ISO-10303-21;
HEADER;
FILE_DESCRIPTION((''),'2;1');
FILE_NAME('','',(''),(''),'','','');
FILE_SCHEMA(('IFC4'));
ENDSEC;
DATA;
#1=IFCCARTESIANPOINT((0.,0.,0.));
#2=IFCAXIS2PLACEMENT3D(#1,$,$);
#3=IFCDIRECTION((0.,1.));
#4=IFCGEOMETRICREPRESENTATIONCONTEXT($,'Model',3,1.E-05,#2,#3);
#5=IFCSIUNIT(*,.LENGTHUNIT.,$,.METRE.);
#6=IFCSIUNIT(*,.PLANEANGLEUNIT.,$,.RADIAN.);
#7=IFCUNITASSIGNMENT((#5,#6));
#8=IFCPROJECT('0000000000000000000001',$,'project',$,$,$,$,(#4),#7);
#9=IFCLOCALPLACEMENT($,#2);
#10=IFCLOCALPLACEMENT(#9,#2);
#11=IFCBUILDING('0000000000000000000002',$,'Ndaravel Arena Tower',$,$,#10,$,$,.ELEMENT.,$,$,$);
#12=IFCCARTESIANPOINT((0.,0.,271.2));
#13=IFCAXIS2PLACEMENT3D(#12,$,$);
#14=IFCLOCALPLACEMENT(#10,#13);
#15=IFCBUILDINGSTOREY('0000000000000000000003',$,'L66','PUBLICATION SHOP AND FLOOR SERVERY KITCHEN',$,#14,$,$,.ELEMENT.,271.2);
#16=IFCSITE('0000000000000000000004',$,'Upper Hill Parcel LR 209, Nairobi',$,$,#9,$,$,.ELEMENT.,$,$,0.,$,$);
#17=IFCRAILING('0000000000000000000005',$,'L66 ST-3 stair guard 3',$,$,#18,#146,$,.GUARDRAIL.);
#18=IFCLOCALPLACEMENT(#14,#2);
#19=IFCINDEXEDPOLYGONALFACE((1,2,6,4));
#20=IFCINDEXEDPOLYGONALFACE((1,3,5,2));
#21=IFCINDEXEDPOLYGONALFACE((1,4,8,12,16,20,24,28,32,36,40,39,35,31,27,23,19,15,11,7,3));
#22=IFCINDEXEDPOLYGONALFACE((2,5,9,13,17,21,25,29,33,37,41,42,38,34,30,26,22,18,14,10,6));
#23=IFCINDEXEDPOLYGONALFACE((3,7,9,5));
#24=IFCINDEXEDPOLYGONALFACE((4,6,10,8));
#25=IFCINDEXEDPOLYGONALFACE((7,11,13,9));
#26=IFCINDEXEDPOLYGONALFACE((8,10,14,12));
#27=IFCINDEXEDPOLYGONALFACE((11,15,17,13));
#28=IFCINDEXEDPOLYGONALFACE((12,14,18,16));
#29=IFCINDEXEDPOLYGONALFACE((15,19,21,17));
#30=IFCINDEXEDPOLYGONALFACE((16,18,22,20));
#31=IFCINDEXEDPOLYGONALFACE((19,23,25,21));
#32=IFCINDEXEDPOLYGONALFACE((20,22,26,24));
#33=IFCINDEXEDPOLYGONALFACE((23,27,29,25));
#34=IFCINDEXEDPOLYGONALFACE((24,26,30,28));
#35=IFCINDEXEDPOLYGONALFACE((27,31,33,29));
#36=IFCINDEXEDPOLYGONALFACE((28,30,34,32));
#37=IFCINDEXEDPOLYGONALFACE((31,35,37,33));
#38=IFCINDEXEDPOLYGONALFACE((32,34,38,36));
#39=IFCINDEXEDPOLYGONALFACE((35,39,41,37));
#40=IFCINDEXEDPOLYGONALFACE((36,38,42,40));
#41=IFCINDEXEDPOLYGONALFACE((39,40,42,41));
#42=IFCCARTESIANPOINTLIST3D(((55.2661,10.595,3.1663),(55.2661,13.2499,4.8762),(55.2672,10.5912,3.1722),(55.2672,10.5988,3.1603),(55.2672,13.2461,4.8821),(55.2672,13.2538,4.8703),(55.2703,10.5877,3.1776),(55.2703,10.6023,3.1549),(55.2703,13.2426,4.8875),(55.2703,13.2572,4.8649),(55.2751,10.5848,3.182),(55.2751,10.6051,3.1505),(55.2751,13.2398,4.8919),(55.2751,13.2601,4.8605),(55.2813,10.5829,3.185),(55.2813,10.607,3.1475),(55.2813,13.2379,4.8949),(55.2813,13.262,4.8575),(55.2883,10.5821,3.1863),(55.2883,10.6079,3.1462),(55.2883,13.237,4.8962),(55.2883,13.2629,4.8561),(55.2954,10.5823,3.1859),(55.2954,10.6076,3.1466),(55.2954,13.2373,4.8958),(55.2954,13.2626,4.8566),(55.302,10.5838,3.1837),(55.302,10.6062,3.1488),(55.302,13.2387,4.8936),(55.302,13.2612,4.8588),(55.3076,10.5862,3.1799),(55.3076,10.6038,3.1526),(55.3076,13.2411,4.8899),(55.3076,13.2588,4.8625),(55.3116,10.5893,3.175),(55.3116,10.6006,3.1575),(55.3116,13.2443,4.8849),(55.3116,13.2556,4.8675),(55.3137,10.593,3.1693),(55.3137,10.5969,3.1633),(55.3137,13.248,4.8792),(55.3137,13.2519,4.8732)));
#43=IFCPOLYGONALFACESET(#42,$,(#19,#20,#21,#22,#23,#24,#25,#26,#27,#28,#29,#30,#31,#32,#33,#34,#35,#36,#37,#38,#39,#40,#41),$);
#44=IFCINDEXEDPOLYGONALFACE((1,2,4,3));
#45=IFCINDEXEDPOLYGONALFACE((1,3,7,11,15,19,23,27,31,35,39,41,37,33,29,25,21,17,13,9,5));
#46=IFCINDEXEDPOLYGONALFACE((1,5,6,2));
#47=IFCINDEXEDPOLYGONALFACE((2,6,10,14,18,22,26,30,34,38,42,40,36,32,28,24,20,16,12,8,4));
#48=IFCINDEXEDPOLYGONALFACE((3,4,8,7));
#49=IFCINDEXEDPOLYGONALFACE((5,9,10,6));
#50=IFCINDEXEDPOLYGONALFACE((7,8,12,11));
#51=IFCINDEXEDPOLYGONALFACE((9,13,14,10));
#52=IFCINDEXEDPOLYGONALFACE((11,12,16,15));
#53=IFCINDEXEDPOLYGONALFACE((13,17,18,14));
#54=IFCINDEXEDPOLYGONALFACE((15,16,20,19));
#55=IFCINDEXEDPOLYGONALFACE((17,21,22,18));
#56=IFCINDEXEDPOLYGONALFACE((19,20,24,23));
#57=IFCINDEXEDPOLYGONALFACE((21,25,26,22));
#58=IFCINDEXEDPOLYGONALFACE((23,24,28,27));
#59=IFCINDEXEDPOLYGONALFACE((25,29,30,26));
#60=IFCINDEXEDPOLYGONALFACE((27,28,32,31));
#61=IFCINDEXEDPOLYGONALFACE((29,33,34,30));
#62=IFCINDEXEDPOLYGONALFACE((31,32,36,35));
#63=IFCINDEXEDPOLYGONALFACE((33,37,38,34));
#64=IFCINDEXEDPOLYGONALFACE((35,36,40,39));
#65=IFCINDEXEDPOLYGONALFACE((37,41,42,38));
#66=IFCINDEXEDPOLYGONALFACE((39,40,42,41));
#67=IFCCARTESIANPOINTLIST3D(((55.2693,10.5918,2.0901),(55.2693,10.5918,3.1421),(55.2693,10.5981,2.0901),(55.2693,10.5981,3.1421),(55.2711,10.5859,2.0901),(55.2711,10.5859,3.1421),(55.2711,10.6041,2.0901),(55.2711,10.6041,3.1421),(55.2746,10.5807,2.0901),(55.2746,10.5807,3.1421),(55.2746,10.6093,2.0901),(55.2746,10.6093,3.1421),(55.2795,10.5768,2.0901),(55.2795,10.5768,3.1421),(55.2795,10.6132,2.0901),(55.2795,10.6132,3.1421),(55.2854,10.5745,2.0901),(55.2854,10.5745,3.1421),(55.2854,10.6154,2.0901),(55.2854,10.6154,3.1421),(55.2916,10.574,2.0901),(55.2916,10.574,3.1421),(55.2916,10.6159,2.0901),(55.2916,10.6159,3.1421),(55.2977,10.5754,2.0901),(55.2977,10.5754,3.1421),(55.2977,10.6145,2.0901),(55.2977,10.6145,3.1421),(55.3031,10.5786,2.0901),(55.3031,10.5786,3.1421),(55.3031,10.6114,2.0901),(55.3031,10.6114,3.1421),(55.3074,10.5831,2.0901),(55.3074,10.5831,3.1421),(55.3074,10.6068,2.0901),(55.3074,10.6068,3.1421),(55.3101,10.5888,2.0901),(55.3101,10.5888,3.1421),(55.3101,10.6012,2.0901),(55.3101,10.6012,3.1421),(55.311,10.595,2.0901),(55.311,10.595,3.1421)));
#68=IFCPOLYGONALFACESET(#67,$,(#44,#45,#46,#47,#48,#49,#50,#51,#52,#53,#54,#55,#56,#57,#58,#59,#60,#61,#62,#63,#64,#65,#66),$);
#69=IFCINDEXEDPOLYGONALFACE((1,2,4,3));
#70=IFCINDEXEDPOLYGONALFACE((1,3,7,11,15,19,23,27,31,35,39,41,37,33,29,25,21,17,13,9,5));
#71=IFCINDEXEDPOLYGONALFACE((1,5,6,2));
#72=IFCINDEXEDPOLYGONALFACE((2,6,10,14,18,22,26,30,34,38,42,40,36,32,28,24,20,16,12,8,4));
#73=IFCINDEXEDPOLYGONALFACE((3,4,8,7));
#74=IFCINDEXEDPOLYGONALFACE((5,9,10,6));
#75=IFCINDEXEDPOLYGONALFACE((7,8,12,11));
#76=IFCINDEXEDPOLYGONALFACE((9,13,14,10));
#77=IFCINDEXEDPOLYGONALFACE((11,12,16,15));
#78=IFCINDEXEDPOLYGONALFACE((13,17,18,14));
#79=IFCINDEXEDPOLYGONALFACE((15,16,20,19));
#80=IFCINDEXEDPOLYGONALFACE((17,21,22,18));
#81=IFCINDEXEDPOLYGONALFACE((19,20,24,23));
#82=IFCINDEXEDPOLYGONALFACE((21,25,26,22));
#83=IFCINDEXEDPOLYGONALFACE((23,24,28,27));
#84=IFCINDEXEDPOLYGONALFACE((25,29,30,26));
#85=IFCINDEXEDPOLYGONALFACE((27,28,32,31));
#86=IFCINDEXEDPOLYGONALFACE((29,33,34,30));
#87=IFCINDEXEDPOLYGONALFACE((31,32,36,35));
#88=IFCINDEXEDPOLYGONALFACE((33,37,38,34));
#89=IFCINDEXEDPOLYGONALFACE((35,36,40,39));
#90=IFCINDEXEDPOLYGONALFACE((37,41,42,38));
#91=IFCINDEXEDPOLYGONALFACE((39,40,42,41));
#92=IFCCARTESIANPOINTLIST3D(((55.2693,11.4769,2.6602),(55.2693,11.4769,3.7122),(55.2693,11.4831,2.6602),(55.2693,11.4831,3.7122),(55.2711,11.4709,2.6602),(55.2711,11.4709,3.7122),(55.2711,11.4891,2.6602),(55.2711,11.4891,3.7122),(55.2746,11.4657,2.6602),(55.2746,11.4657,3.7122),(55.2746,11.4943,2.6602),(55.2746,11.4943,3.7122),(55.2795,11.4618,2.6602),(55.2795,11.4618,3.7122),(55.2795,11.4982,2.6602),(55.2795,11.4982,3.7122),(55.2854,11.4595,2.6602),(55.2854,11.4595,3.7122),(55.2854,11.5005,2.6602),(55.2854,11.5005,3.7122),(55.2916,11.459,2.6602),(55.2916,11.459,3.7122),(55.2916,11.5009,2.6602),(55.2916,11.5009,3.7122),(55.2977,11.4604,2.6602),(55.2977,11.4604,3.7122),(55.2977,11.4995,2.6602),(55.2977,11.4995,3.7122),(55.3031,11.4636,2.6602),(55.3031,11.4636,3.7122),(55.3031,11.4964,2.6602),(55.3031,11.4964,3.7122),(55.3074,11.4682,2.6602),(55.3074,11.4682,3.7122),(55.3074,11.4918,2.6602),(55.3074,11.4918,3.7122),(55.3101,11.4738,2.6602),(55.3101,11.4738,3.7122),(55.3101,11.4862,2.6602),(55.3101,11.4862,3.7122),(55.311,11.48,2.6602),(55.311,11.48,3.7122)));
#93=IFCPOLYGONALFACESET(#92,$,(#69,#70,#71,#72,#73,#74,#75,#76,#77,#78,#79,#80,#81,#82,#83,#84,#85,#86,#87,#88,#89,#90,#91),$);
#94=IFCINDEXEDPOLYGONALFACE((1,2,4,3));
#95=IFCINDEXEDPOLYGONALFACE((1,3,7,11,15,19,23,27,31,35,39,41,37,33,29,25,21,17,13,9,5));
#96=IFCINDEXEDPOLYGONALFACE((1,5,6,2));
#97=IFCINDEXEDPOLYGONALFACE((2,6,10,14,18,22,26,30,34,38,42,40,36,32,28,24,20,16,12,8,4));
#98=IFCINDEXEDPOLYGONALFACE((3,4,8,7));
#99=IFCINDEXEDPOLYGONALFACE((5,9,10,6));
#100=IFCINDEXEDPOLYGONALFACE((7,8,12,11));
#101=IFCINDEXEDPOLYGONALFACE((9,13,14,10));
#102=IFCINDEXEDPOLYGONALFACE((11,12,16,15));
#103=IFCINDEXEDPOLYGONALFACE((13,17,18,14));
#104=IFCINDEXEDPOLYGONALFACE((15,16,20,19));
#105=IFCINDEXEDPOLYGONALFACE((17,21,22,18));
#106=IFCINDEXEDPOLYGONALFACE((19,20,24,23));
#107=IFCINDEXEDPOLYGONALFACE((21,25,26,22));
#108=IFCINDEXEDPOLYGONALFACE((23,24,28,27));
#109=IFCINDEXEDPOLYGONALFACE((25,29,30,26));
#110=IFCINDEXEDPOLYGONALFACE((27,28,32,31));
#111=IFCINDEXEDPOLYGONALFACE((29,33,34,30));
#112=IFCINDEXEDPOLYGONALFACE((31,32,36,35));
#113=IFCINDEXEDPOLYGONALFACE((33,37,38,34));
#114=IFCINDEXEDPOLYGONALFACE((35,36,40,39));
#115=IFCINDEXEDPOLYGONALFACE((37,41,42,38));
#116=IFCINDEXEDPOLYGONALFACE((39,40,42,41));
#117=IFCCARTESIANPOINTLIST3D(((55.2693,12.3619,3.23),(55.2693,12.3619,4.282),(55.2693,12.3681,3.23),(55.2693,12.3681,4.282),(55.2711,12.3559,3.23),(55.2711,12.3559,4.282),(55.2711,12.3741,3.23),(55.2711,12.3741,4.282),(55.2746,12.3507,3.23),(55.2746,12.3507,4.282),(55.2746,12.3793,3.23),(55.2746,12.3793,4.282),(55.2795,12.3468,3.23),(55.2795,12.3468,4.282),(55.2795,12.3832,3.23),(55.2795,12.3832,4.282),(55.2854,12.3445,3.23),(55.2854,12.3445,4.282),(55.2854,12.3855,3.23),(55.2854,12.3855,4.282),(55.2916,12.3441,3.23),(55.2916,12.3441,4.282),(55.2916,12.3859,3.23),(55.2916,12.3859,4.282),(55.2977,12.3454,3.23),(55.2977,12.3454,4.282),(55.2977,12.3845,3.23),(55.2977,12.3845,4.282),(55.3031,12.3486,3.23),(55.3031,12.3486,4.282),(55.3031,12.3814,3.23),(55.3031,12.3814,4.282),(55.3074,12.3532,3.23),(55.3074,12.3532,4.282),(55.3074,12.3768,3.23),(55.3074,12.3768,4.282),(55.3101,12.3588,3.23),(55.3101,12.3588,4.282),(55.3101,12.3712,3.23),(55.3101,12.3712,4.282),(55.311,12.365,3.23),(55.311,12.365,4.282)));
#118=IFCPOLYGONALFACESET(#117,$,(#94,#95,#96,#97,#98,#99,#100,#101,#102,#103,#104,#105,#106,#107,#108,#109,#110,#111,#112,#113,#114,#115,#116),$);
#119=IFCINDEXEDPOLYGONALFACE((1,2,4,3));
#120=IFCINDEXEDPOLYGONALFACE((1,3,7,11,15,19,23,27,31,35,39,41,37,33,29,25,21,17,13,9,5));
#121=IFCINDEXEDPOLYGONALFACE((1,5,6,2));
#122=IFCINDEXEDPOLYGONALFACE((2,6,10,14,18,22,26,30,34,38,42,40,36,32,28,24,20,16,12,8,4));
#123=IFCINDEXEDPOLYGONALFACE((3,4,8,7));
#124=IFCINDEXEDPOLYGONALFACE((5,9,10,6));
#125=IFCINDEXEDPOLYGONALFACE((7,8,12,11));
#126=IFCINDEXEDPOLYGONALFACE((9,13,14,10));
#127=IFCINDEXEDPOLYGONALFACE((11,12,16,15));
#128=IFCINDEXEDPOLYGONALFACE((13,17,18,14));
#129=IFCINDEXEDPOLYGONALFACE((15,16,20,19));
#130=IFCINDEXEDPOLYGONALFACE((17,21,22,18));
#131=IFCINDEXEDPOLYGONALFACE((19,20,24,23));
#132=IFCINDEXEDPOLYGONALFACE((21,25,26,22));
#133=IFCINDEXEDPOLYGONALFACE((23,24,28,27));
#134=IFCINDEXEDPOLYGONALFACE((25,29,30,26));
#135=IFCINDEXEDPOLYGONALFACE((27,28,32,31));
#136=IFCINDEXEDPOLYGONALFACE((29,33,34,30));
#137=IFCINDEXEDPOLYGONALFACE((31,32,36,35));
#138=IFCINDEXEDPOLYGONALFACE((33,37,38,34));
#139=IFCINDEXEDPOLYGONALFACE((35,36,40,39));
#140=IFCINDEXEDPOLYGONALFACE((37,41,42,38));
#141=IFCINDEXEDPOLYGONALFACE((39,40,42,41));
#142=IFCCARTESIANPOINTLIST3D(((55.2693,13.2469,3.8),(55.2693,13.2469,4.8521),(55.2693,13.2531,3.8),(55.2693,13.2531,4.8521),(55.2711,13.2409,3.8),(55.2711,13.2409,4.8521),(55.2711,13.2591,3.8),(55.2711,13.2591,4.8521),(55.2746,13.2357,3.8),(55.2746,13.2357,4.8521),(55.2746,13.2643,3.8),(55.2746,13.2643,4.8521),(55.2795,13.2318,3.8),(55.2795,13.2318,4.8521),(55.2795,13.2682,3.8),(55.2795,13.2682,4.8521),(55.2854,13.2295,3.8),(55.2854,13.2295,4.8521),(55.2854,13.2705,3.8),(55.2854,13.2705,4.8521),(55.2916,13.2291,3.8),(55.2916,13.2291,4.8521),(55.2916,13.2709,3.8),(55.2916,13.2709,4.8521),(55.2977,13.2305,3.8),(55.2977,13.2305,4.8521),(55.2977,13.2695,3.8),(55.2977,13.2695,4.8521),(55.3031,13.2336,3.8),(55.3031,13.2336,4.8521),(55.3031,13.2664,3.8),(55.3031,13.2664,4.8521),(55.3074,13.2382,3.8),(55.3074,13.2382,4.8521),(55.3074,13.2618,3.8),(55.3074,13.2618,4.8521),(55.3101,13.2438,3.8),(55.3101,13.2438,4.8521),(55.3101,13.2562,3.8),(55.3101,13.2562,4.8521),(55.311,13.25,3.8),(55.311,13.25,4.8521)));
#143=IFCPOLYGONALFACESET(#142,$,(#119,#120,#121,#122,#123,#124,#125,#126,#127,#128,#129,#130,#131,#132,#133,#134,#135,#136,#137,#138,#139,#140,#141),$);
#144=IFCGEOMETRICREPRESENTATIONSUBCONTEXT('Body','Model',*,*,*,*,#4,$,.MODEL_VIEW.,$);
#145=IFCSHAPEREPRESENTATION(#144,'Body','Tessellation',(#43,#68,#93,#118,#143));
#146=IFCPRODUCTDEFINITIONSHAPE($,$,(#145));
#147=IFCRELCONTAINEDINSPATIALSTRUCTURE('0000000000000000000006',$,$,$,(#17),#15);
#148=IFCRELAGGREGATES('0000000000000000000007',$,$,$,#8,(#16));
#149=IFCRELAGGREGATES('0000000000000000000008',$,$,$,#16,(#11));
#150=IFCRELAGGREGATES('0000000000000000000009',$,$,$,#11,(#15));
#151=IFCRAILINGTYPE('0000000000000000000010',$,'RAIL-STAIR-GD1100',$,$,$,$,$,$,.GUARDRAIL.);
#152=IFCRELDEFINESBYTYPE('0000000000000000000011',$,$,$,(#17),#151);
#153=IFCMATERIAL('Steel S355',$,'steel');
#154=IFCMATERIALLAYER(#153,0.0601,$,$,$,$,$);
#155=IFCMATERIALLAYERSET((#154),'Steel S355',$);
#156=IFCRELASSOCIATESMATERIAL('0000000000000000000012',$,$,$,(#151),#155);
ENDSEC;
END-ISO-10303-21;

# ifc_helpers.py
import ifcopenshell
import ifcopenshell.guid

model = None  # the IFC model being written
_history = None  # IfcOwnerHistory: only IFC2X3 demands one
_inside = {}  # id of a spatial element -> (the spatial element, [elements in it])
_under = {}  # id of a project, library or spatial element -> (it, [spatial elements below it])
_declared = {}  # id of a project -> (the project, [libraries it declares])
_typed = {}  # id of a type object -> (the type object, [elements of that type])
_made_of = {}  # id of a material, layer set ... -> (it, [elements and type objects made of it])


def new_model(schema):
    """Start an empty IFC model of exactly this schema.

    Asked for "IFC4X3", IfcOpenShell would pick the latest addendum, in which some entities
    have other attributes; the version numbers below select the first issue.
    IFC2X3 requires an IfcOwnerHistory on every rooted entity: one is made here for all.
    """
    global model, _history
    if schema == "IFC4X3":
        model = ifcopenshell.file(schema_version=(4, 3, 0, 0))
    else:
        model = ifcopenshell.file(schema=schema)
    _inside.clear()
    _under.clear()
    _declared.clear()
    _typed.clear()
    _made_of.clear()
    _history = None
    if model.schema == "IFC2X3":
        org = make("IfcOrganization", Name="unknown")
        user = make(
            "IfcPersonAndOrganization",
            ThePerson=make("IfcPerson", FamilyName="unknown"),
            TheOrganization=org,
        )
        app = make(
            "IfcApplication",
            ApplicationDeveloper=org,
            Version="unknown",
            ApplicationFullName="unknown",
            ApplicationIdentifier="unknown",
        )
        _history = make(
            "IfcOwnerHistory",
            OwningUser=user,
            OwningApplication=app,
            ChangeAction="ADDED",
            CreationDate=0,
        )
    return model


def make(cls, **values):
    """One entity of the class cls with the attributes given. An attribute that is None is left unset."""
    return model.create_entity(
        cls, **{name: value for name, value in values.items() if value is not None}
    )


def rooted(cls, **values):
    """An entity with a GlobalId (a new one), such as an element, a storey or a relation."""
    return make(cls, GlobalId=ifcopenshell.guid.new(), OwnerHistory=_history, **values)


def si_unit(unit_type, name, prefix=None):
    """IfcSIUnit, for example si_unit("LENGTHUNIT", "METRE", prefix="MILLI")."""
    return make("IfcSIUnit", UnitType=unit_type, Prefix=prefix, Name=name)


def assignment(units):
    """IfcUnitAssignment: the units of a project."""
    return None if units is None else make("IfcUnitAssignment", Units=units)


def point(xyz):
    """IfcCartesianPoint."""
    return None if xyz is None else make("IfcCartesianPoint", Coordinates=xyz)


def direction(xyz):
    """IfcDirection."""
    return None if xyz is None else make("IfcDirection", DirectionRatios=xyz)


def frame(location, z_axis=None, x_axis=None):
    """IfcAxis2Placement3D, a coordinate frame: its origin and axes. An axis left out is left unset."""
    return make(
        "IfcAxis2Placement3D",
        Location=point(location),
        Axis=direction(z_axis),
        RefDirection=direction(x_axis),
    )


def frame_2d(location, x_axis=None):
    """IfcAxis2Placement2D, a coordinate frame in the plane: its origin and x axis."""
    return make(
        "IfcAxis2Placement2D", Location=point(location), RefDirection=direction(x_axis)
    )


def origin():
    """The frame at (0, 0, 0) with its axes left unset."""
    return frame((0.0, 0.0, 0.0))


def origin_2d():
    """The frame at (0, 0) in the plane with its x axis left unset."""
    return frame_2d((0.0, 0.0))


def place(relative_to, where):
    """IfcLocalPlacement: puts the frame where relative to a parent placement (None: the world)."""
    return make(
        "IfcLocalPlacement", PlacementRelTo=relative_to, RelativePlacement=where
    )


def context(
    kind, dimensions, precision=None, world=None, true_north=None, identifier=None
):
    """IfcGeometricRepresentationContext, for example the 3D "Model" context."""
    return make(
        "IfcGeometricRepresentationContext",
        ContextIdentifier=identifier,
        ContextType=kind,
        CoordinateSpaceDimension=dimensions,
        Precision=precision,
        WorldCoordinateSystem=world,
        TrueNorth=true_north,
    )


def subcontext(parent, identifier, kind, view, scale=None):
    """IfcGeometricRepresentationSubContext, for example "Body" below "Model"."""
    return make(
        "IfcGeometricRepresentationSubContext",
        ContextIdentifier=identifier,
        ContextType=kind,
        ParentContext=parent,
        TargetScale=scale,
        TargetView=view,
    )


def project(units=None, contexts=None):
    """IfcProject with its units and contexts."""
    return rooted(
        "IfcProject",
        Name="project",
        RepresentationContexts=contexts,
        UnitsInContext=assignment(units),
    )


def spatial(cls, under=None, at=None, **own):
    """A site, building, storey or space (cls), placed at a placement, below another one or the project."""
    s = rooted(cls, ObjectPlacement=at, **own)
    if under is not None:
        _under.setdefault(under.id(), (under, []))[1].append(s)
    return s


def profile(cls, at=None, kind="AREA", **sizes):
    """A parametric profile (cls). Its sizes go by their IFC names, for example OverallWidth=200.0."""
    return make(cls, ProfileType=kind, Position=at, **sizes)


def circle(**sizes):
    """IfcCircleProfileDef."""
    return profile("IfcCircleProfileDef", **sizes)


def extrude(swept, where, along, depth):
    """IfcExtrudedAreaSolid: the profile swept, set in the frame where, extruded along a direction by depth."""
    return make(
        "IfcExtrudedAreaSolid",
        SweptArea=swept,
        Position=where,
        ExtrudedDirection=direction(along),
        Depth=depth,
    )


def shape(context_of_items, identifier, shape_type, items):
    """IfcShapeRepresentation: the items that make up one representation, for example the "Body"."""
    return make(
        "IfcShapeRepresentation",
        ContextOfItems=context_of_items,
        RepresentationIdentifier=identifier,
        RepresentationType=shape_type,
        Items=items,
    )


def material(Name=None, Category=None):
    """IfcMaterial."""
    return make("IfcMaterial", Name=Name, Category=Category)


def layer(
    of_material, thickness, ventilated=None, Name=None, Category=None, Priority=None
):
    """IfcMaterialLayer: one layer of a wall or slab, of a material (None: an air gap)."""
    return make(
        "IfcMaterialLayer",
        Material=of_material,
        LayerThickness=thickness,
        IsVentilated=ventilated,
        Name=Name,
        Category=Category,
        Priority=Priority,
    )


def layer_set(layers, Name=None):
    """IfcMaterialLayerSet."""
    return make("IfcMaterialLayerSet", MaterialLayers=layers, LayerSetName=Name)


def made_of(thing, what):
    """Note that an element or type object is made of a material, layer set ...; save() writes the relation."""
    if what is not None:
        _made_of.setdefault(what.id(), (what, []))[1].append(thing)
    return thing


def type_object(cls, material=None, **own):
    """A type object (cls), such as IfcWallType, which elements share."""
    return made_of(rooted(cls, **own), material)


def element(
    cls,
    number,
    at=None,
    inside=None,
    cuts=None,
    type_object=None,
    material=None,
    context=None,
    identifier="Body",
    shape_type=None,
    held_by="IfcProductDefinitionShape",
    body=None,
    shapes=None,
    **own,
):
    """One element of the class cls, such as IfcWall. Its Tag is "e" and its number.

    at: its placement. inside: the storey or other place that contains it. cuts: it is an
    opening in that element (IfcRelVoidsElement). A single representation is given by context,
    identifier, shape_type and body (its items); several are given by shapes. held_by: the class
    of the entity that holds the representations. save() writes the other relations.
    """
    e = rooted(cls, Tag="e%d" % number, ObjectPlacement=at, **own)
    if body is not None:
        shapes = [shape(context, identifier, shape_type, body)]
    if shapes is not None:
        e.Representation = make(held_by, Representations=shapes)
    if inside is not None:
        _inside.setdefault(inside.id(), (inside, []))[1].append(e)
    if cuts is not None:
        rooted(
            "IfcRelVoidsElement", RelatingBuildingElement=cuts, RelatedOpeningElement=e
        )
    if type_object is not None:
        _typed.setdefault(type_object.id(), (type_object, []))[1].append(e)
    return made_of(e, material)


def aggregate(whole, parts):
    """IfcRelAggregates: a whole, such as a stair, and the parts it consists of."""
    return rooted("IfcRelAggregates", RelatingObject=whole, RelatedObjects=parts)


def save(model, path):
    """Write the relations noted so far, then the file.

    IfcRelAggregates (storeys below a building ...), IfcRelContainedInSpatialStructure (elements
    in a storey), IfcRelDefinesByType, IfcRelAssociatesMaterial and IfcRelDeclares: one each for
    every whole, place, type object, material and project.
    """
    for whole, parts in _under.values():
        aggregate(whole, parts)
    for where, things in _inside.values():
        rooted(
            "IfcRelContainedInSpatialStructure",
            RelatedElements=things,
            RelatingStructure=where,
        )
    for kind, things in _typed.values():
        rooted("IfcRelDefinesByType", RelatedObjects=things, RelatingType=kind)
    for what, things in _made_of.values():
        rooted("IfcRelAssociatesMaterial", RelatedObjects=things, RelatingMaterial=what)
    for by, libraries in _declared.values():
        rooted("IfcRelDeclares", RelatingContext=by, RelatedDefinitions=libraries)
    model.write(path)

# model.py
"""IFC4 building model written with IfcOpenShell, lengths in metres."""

from ifc_helpers import new_model, si_unit, direction, frame, origin, origin_2d, place, context, subcontext, project, spatial, circle, extrude, material, layer, layer_set, type_object, element, save


model = new_model("IFC4")

# Units and contexts
model_context = context("Model", 3, precision=1e-05, world=origin(), true_north=direction((0.0, 1.0)))
body_context = subcontext(model_context, "Body", "Model", "MODEL_VIEW")
ifc_project = project(units=[si_unit("LENGTHUNIT", "METRE"), si_unit("PLANEANGLEUNIT", "RADIAN")], contexts=[model_context])

# Site, building, storey
site_placement = place(None, origin())
site = spatial("IfcSite", under=ifc_project, at=site_placement, Name="Upper Hill Parcel LR 209, Nairobi", CompositionType="ELEMENT", RefElevation=0.0)
building_placement = place(site_placement, origin())
building = spatial("IfcBuilding", under=site, at=building_placement, Name="Ndaravel Arena Tower", CompositionType="ELEMENT")
storey_placement = place(building_placement, frame((0.0, 0.0, 271.2)))
storey = spatial("IfcBuildingStorey", under=building, at=storey_placement, Name="L66", Description="PUBLICATION SHOP AND FLOOR SERVERY KITCHEN", CompositionType="ELEMENT", Elevation=271.2)

# Railing
ifc_material_1 = material(Name="Steel S355", Category="steel")
ifc_layer_1 = layer(ifc_material_1, 0.0601)
ifc_layer_set_1 = layer_set([ifc_layer_1], Name="Steel S355")
railing_type_1 = type_object("IfcRailingType", Name="RAIL-STAIR-GD1100", PredefinedType="GUARDRAIL", material=ifc_layer_set_1)
railing_1_placement = place(storey_placement, frame((55.29, 10.595, 2.0901)))
element("IfcRailing", 1, at=railing_1_placement, inside=storey, type_object=railing_type_1, Name="L66 ST-3 stair guard 3", PredefinedType="GUARDRAIL", context=body_context, shape_type="SweptSolid", body=[
    extrude(circle(Radius=0.0239, at=origin_2d()), frame((0.0, 0.0, 1.0762), z_axis=(0.0, 0.840724, 0.541465), x_axis=(-1.0, 0.0, 0.0)), (0.0, 0.0, 1.0), 3.158),
    extrude(circle(Radius=0.021, at=origin_2d()), origin(), (0.0, 0.0, 1.0), 1.052),
    extrude(circle(Radius=0.021, at=origin_2d()), frame((0.0, 0.885, 0.5701)), (0.0, 0.0, 1.0), 1.052),
    extrude(circle(Radius=0.021, at=origin_2d()), frame((0.0, 1.77, 1.1399)), (0.0, 0.0, 1.0), 1.052),
    extrude(circle(Radius=0.021, at=origin_2d()), frame((0.0, 2.655, 1.71)), (0.0, 0.0, 1.0), 1.052),
])

save(model, "model.ifc")
